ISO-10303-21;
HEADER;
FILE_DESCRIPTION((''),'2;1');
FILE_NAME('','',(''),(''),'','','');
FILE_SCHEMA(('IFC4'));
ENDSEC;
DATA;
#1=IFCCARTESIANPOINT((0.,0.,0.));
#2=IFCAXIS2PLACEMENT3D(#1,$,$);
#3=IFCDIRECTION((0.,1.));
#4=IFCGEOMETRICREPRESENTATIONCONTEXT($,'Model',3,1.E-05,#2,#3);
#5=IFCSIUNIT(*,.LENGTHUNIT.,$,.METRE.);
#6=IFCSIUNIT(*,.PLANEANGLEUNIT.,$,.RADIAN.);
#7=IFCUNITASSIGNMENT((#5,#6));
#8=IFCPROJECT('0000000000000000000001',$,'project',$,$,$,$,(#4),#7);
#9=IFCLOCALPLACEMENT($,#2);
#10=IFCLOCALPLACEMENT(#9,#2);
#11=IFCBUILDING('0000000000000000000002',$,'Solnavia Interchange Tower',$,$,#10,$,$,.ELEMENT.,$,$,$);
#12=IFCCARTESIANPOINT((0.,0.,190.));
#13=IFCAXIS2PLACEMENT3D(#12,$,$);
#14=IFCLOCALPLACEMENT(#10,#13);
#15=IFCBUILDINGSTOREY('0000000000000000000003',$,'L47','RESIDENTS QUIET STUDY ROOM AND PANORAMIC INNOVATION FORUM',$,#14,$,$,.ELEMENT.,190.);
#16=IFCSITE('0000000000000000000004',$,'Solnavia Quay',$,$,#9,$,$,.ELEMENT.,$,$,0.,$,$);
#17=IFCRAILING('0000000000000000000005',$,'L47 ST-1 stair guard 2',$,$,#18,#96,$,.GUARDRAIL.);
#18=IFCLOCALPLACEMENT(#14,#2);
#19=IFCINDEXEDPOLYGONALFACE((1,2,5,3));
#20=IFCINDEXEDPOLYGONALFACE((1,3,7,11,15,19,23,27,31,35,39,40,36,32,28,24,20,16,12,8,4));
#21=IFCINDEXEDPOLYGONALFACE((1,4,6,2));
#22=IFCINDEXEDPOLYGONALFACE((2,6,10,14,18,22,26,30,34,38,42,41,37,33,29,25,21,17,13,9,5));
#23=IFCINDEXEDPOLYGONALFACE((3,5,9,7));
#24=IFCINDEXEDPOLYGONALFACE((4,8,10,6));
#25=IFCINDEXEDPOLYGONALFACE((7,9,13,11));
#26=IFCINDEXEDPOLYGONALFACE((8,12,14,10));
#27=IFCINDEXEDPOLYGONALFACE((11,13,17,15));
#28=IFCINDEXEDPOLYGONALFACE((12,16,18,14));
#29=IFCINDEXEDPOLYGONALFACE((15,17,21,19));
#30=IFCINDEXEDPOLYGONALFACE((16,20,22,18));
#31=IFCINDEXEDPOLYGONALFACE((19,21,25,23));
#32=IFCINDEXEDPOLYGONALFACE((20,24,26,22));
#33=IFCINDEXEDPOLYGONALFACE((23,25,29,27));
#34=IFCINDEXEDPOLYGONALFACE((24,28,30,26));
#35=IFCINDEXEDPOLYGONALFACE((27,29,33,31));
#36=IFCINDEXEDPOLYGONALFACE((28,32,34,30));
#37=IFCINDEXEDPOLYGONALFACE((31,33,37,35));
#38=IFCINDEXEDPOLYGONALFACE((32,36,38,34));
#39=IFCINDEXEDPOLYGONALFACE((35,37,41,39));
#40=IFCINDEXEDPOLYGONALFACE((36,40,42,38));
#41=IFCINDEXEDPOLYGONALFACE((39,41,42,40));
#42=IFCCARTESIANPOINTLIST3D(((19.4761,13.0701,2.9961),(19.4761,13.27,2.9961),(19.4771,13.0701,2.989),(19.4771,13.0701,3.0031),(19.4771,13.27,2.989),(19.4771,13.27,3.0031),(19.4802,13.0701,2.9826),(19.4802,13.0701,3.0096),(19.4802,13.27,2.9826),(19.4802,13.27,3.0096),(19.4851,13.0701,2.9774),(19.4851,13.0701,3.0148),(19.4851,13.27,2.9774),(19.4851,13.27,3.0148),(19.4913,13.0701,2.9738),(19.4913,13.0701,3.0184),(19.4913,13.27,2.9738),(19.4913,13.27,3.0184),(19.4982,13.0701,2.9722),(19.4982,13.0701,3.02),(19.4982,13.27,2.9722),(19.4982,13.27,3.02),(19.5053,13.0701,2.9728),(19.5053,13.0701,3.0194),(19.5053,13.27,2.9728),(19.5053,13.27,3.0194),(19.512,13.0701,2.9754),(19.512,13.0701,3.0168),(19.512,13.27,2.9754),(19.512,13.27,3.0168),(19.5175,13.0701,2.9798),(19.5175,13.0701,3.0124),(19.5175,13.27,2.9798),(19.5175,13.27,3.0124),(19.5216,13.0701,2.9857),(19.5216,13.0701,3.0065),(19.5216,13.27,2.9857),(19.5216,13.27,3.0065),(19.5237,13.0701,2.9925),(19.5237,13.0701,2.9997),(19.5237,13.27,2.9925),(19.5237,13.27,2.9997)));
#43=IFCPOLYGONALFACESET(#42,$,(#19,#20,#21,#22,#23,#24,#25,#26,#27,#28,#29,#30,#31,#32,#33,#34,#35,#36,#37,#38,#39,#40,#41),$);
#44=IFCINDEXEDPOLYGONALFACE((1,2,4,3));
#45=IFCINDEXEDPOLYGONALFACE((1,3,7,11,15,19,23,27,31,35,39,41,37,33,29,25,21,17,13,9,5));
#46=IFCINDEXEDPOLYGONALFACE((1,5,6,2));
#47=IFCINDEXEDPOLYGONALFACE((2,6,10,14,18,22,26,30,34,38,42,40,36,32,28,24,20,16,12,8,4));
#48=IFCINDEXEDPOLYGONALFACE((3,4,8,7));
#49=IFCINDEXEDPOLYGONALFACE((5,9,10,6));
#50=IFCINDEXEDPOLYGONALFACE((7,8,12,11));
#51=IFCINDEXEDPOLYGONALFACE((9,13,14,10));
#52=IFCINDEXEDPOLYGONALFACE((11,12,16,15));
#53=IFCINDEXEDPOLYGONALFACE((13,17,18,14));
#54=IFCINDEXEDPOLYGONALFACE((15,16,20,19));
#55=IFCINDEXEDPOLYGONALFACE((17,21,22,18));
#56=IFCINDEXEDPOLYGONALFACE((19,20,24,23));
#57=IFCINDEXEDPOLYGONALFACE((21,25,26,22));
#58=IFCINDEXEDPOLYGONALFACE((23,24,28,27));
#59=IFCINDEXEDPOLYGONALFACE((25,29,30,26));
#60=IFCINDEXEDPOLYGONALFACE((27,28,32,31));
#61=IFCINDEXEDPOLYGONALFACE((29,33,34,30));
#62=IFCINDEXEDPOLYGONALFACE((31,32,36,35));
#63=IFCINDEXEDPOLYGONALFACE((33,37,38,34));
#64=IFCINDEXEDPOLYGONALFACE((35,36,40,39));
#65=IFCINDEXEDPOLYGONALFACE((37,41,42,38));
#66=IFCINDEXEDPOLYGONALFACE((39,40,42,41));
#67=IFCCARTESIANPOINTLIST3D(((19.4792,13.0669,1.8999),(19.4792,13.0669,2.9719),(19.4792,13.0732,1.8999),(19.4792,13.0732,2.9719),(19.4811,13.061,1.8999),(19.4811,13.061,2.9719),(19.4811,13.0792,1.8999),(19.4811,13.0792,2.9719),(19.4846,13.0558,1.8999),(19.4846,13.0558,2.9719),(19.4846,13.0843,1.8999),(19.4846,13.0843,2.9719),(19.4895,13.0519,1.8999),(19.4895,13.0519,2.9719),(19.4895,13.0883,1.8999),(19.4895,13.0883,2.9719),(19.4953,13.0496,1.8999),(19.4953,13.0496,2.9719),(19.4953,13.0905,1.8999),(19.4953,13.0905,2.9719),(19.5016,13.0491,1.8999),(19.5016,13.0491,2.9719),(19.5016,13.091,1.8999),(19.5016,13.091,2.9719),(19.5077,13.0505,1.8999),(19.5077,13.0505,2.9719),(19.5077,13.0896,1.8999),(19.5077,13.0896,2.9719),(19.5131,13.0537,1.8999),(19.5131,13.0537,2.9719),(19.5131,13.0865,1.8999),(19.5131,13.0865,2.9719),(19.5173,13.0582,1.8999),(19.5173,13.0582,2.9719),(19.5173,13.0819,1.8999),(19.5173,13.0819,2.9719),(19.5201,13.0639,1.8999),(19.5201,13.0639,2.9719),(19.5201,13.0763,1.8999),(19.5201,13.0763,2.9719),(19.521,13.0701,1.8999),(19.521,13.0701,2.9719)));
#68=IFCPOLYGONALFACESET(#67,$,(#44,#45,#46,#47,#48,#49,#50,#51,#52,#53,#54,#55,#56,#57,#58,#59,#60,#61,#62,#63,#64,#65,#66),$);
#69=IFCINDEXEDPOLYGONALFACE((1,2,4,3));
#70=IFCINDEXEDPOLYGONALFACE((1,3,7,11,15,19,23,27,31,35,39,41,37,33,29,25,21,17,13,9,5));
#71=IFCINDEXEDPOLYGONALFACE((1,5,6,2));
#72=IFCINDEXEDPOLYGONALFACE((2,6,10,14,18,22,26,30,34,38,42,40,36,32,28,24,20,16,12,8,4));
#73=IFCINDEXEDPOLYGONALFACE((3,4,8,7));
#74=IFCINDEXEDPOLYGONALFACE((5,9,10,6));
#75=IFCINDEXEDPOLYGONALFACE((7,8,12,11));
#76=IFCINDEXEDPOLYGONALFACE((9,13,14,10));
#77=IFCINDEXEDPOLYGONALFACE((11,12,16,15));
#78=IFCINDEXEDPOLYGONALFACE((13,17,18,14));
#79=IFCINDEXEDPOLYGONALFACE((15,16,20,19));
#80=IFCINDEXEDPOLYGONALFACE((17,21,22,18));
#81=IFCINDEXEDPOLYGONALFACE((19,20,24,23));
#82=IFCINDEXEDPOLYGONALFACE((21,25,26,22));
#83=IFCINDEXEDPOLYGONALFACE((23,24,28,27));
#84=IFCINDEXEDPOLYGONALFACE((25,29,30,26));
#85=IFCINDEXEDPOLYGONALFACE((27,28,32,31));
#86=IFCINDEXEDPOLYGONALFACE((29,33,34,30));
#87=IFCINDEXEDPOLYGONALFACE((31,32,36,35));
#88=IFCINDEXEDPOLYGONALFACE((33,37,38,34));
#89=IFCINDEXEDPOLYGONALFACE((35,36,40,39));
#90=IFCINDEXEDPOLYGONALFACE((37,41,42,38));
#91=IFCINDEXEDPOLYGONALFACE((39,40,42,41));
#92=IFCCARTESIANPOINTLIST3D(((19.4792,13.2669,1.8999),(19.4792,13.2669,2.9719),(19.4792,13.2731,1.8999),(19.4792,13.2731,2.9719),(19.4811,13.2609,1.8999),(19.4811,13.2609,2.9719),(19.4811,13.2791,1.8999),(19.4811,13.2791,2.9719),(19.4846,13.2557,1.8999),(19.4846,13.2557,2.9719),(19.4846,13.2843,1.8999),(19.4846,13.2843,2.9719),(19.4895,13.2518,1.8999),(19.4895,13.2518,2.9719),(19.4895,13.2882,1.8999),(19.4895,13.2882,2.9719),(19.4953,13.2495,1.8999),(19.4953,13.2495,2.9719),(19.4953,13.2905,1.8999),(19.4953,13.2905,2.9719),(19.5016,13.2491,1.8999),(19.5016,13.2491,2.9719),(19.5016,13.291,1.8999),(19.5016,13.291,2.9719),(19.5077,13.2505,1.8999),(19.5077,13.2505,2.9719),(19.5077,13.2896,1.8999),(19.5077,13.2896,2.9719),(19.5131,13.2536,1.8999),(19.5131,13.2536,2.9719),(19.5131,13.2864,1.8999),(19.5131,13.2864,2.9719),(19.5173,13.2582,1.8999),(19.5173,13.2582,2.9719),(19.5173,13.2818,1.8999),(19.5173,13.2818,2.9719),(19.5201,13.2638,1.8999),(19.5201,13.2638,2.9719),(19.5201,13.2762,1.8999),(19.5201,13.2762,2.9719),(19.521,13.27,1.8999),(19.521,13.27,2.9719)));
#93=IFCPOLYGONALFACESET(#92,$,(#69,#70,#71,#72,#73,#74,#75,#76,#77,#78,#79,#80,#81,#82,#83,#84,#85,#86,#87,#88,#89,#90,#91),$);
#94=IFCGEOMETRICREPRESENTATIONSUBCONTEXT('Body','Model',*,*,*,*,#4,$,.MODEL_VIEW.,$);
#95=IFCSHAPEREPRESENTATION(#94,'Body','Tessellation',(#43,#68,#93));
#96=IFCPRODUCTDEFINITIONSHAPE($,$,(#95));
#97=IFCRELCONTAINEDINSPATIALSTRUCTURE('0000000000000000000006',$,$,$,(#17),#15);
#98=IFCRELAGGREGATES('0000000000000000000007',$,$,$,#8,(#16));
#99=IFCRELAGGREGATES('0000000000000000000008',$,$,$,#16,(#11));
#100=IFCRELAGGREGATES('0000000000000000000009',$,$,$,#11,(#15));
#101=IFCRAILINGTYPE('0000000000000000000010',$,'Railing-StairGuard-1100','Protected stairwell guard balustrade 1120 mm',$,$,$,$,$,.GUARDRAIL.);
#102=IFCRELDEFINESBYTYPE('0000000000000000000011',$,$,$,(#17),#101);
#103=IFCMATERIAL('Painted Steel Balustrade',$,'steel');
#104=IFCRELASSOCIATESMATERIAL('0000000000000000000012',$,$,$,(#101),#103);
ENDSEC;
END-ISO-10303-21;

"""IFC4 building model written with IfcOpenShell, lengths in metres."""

from ifc_helpers import new_model, si_unit, direction, frame, origin, origin_2d, place, context, subcontext, project, spatial, circle, extrude, material, type_object, element, save


model = new_model("IFC4")

# Units and contexts
model_context = context("Model", 3, precision=1e-05, world=origin(), true_north=direction((0.0, 1.0)))
body_context = subcontext(model_context, "Body", "Model", "MODEL_VIEW")
ifc_project = project(units=[si_unit("LENGTHUNIT", "METRE"), si_unit("PLANEANGLEUNIT", "RADIAN")], contexts=[model_context])

# Site, building, storey
site_placement = place(None, origin())
site = spatial("IfcSite", under=ifc_project, at=site_placement, Name="Solnavia Quay", CompositionType="ELEMENT", RefElevation=0.0)
building_placement = place(site_placement, origin())
building = spatial("IfcBuilding", under=site, at=building_placement, Name="Solnavia Interchange Tower", CompositionType="ELEMENT")
storey_placement = place(building_placement, frame((0.0, 0.0, 190.0)))
storey = spatial("IfcBuildingStorey", under=building, at=storey_placement, Name="L47", Description="RESIDENTS QUIET STUDY ROOM AND PANORAMIC INNOVATION FORUM", CompositionType="ELEMENT", Elevation=190.0)

# Railing
ifc_material_1 = material(Name="Painted Steel Balustrade", Category="steel")
railing_type_1 = type_object("IfcRailingType", Name="Railing-StairGuard-1100", Description="Protected stairwell guard balustrade 1120 mm", PredefinedType="GUARDRAIL", material=ifc_material_1)
railing_1_placement = place(storey_placement, frame((19.5, 13.0701, 1.8999)))
element("IfcRailing", 1, at=railing_1_placement, inside=storey, type_object=railing_type_1, Name="L47 ST-1 stair guard 2", PredefinedType="GUARDRAIL", context=body_context, shape_type="SweptSolid", body=[
    extrude(circle(Radius=0.0239, at=origin_2d()), frame((0.0, 0.0, 1.0962), z_axis=(0.0, 1.0, 0.0), x_axis=(-1.0, 0.0, 0.0)), (0.0, 0.0, 1.0), 0.2),
    extrude(circle(Radius=0.021, at=origin_2d()), origin(), (0.0, 0.0, 1.0), 1.072),
    extrude(circle(Radius=0.021, at=origin_2d()), frame((0.0, 0.2, 0.0)), (0.0, 0.0, 1.0), 1.072),
])

save(model, "model.ifc")
